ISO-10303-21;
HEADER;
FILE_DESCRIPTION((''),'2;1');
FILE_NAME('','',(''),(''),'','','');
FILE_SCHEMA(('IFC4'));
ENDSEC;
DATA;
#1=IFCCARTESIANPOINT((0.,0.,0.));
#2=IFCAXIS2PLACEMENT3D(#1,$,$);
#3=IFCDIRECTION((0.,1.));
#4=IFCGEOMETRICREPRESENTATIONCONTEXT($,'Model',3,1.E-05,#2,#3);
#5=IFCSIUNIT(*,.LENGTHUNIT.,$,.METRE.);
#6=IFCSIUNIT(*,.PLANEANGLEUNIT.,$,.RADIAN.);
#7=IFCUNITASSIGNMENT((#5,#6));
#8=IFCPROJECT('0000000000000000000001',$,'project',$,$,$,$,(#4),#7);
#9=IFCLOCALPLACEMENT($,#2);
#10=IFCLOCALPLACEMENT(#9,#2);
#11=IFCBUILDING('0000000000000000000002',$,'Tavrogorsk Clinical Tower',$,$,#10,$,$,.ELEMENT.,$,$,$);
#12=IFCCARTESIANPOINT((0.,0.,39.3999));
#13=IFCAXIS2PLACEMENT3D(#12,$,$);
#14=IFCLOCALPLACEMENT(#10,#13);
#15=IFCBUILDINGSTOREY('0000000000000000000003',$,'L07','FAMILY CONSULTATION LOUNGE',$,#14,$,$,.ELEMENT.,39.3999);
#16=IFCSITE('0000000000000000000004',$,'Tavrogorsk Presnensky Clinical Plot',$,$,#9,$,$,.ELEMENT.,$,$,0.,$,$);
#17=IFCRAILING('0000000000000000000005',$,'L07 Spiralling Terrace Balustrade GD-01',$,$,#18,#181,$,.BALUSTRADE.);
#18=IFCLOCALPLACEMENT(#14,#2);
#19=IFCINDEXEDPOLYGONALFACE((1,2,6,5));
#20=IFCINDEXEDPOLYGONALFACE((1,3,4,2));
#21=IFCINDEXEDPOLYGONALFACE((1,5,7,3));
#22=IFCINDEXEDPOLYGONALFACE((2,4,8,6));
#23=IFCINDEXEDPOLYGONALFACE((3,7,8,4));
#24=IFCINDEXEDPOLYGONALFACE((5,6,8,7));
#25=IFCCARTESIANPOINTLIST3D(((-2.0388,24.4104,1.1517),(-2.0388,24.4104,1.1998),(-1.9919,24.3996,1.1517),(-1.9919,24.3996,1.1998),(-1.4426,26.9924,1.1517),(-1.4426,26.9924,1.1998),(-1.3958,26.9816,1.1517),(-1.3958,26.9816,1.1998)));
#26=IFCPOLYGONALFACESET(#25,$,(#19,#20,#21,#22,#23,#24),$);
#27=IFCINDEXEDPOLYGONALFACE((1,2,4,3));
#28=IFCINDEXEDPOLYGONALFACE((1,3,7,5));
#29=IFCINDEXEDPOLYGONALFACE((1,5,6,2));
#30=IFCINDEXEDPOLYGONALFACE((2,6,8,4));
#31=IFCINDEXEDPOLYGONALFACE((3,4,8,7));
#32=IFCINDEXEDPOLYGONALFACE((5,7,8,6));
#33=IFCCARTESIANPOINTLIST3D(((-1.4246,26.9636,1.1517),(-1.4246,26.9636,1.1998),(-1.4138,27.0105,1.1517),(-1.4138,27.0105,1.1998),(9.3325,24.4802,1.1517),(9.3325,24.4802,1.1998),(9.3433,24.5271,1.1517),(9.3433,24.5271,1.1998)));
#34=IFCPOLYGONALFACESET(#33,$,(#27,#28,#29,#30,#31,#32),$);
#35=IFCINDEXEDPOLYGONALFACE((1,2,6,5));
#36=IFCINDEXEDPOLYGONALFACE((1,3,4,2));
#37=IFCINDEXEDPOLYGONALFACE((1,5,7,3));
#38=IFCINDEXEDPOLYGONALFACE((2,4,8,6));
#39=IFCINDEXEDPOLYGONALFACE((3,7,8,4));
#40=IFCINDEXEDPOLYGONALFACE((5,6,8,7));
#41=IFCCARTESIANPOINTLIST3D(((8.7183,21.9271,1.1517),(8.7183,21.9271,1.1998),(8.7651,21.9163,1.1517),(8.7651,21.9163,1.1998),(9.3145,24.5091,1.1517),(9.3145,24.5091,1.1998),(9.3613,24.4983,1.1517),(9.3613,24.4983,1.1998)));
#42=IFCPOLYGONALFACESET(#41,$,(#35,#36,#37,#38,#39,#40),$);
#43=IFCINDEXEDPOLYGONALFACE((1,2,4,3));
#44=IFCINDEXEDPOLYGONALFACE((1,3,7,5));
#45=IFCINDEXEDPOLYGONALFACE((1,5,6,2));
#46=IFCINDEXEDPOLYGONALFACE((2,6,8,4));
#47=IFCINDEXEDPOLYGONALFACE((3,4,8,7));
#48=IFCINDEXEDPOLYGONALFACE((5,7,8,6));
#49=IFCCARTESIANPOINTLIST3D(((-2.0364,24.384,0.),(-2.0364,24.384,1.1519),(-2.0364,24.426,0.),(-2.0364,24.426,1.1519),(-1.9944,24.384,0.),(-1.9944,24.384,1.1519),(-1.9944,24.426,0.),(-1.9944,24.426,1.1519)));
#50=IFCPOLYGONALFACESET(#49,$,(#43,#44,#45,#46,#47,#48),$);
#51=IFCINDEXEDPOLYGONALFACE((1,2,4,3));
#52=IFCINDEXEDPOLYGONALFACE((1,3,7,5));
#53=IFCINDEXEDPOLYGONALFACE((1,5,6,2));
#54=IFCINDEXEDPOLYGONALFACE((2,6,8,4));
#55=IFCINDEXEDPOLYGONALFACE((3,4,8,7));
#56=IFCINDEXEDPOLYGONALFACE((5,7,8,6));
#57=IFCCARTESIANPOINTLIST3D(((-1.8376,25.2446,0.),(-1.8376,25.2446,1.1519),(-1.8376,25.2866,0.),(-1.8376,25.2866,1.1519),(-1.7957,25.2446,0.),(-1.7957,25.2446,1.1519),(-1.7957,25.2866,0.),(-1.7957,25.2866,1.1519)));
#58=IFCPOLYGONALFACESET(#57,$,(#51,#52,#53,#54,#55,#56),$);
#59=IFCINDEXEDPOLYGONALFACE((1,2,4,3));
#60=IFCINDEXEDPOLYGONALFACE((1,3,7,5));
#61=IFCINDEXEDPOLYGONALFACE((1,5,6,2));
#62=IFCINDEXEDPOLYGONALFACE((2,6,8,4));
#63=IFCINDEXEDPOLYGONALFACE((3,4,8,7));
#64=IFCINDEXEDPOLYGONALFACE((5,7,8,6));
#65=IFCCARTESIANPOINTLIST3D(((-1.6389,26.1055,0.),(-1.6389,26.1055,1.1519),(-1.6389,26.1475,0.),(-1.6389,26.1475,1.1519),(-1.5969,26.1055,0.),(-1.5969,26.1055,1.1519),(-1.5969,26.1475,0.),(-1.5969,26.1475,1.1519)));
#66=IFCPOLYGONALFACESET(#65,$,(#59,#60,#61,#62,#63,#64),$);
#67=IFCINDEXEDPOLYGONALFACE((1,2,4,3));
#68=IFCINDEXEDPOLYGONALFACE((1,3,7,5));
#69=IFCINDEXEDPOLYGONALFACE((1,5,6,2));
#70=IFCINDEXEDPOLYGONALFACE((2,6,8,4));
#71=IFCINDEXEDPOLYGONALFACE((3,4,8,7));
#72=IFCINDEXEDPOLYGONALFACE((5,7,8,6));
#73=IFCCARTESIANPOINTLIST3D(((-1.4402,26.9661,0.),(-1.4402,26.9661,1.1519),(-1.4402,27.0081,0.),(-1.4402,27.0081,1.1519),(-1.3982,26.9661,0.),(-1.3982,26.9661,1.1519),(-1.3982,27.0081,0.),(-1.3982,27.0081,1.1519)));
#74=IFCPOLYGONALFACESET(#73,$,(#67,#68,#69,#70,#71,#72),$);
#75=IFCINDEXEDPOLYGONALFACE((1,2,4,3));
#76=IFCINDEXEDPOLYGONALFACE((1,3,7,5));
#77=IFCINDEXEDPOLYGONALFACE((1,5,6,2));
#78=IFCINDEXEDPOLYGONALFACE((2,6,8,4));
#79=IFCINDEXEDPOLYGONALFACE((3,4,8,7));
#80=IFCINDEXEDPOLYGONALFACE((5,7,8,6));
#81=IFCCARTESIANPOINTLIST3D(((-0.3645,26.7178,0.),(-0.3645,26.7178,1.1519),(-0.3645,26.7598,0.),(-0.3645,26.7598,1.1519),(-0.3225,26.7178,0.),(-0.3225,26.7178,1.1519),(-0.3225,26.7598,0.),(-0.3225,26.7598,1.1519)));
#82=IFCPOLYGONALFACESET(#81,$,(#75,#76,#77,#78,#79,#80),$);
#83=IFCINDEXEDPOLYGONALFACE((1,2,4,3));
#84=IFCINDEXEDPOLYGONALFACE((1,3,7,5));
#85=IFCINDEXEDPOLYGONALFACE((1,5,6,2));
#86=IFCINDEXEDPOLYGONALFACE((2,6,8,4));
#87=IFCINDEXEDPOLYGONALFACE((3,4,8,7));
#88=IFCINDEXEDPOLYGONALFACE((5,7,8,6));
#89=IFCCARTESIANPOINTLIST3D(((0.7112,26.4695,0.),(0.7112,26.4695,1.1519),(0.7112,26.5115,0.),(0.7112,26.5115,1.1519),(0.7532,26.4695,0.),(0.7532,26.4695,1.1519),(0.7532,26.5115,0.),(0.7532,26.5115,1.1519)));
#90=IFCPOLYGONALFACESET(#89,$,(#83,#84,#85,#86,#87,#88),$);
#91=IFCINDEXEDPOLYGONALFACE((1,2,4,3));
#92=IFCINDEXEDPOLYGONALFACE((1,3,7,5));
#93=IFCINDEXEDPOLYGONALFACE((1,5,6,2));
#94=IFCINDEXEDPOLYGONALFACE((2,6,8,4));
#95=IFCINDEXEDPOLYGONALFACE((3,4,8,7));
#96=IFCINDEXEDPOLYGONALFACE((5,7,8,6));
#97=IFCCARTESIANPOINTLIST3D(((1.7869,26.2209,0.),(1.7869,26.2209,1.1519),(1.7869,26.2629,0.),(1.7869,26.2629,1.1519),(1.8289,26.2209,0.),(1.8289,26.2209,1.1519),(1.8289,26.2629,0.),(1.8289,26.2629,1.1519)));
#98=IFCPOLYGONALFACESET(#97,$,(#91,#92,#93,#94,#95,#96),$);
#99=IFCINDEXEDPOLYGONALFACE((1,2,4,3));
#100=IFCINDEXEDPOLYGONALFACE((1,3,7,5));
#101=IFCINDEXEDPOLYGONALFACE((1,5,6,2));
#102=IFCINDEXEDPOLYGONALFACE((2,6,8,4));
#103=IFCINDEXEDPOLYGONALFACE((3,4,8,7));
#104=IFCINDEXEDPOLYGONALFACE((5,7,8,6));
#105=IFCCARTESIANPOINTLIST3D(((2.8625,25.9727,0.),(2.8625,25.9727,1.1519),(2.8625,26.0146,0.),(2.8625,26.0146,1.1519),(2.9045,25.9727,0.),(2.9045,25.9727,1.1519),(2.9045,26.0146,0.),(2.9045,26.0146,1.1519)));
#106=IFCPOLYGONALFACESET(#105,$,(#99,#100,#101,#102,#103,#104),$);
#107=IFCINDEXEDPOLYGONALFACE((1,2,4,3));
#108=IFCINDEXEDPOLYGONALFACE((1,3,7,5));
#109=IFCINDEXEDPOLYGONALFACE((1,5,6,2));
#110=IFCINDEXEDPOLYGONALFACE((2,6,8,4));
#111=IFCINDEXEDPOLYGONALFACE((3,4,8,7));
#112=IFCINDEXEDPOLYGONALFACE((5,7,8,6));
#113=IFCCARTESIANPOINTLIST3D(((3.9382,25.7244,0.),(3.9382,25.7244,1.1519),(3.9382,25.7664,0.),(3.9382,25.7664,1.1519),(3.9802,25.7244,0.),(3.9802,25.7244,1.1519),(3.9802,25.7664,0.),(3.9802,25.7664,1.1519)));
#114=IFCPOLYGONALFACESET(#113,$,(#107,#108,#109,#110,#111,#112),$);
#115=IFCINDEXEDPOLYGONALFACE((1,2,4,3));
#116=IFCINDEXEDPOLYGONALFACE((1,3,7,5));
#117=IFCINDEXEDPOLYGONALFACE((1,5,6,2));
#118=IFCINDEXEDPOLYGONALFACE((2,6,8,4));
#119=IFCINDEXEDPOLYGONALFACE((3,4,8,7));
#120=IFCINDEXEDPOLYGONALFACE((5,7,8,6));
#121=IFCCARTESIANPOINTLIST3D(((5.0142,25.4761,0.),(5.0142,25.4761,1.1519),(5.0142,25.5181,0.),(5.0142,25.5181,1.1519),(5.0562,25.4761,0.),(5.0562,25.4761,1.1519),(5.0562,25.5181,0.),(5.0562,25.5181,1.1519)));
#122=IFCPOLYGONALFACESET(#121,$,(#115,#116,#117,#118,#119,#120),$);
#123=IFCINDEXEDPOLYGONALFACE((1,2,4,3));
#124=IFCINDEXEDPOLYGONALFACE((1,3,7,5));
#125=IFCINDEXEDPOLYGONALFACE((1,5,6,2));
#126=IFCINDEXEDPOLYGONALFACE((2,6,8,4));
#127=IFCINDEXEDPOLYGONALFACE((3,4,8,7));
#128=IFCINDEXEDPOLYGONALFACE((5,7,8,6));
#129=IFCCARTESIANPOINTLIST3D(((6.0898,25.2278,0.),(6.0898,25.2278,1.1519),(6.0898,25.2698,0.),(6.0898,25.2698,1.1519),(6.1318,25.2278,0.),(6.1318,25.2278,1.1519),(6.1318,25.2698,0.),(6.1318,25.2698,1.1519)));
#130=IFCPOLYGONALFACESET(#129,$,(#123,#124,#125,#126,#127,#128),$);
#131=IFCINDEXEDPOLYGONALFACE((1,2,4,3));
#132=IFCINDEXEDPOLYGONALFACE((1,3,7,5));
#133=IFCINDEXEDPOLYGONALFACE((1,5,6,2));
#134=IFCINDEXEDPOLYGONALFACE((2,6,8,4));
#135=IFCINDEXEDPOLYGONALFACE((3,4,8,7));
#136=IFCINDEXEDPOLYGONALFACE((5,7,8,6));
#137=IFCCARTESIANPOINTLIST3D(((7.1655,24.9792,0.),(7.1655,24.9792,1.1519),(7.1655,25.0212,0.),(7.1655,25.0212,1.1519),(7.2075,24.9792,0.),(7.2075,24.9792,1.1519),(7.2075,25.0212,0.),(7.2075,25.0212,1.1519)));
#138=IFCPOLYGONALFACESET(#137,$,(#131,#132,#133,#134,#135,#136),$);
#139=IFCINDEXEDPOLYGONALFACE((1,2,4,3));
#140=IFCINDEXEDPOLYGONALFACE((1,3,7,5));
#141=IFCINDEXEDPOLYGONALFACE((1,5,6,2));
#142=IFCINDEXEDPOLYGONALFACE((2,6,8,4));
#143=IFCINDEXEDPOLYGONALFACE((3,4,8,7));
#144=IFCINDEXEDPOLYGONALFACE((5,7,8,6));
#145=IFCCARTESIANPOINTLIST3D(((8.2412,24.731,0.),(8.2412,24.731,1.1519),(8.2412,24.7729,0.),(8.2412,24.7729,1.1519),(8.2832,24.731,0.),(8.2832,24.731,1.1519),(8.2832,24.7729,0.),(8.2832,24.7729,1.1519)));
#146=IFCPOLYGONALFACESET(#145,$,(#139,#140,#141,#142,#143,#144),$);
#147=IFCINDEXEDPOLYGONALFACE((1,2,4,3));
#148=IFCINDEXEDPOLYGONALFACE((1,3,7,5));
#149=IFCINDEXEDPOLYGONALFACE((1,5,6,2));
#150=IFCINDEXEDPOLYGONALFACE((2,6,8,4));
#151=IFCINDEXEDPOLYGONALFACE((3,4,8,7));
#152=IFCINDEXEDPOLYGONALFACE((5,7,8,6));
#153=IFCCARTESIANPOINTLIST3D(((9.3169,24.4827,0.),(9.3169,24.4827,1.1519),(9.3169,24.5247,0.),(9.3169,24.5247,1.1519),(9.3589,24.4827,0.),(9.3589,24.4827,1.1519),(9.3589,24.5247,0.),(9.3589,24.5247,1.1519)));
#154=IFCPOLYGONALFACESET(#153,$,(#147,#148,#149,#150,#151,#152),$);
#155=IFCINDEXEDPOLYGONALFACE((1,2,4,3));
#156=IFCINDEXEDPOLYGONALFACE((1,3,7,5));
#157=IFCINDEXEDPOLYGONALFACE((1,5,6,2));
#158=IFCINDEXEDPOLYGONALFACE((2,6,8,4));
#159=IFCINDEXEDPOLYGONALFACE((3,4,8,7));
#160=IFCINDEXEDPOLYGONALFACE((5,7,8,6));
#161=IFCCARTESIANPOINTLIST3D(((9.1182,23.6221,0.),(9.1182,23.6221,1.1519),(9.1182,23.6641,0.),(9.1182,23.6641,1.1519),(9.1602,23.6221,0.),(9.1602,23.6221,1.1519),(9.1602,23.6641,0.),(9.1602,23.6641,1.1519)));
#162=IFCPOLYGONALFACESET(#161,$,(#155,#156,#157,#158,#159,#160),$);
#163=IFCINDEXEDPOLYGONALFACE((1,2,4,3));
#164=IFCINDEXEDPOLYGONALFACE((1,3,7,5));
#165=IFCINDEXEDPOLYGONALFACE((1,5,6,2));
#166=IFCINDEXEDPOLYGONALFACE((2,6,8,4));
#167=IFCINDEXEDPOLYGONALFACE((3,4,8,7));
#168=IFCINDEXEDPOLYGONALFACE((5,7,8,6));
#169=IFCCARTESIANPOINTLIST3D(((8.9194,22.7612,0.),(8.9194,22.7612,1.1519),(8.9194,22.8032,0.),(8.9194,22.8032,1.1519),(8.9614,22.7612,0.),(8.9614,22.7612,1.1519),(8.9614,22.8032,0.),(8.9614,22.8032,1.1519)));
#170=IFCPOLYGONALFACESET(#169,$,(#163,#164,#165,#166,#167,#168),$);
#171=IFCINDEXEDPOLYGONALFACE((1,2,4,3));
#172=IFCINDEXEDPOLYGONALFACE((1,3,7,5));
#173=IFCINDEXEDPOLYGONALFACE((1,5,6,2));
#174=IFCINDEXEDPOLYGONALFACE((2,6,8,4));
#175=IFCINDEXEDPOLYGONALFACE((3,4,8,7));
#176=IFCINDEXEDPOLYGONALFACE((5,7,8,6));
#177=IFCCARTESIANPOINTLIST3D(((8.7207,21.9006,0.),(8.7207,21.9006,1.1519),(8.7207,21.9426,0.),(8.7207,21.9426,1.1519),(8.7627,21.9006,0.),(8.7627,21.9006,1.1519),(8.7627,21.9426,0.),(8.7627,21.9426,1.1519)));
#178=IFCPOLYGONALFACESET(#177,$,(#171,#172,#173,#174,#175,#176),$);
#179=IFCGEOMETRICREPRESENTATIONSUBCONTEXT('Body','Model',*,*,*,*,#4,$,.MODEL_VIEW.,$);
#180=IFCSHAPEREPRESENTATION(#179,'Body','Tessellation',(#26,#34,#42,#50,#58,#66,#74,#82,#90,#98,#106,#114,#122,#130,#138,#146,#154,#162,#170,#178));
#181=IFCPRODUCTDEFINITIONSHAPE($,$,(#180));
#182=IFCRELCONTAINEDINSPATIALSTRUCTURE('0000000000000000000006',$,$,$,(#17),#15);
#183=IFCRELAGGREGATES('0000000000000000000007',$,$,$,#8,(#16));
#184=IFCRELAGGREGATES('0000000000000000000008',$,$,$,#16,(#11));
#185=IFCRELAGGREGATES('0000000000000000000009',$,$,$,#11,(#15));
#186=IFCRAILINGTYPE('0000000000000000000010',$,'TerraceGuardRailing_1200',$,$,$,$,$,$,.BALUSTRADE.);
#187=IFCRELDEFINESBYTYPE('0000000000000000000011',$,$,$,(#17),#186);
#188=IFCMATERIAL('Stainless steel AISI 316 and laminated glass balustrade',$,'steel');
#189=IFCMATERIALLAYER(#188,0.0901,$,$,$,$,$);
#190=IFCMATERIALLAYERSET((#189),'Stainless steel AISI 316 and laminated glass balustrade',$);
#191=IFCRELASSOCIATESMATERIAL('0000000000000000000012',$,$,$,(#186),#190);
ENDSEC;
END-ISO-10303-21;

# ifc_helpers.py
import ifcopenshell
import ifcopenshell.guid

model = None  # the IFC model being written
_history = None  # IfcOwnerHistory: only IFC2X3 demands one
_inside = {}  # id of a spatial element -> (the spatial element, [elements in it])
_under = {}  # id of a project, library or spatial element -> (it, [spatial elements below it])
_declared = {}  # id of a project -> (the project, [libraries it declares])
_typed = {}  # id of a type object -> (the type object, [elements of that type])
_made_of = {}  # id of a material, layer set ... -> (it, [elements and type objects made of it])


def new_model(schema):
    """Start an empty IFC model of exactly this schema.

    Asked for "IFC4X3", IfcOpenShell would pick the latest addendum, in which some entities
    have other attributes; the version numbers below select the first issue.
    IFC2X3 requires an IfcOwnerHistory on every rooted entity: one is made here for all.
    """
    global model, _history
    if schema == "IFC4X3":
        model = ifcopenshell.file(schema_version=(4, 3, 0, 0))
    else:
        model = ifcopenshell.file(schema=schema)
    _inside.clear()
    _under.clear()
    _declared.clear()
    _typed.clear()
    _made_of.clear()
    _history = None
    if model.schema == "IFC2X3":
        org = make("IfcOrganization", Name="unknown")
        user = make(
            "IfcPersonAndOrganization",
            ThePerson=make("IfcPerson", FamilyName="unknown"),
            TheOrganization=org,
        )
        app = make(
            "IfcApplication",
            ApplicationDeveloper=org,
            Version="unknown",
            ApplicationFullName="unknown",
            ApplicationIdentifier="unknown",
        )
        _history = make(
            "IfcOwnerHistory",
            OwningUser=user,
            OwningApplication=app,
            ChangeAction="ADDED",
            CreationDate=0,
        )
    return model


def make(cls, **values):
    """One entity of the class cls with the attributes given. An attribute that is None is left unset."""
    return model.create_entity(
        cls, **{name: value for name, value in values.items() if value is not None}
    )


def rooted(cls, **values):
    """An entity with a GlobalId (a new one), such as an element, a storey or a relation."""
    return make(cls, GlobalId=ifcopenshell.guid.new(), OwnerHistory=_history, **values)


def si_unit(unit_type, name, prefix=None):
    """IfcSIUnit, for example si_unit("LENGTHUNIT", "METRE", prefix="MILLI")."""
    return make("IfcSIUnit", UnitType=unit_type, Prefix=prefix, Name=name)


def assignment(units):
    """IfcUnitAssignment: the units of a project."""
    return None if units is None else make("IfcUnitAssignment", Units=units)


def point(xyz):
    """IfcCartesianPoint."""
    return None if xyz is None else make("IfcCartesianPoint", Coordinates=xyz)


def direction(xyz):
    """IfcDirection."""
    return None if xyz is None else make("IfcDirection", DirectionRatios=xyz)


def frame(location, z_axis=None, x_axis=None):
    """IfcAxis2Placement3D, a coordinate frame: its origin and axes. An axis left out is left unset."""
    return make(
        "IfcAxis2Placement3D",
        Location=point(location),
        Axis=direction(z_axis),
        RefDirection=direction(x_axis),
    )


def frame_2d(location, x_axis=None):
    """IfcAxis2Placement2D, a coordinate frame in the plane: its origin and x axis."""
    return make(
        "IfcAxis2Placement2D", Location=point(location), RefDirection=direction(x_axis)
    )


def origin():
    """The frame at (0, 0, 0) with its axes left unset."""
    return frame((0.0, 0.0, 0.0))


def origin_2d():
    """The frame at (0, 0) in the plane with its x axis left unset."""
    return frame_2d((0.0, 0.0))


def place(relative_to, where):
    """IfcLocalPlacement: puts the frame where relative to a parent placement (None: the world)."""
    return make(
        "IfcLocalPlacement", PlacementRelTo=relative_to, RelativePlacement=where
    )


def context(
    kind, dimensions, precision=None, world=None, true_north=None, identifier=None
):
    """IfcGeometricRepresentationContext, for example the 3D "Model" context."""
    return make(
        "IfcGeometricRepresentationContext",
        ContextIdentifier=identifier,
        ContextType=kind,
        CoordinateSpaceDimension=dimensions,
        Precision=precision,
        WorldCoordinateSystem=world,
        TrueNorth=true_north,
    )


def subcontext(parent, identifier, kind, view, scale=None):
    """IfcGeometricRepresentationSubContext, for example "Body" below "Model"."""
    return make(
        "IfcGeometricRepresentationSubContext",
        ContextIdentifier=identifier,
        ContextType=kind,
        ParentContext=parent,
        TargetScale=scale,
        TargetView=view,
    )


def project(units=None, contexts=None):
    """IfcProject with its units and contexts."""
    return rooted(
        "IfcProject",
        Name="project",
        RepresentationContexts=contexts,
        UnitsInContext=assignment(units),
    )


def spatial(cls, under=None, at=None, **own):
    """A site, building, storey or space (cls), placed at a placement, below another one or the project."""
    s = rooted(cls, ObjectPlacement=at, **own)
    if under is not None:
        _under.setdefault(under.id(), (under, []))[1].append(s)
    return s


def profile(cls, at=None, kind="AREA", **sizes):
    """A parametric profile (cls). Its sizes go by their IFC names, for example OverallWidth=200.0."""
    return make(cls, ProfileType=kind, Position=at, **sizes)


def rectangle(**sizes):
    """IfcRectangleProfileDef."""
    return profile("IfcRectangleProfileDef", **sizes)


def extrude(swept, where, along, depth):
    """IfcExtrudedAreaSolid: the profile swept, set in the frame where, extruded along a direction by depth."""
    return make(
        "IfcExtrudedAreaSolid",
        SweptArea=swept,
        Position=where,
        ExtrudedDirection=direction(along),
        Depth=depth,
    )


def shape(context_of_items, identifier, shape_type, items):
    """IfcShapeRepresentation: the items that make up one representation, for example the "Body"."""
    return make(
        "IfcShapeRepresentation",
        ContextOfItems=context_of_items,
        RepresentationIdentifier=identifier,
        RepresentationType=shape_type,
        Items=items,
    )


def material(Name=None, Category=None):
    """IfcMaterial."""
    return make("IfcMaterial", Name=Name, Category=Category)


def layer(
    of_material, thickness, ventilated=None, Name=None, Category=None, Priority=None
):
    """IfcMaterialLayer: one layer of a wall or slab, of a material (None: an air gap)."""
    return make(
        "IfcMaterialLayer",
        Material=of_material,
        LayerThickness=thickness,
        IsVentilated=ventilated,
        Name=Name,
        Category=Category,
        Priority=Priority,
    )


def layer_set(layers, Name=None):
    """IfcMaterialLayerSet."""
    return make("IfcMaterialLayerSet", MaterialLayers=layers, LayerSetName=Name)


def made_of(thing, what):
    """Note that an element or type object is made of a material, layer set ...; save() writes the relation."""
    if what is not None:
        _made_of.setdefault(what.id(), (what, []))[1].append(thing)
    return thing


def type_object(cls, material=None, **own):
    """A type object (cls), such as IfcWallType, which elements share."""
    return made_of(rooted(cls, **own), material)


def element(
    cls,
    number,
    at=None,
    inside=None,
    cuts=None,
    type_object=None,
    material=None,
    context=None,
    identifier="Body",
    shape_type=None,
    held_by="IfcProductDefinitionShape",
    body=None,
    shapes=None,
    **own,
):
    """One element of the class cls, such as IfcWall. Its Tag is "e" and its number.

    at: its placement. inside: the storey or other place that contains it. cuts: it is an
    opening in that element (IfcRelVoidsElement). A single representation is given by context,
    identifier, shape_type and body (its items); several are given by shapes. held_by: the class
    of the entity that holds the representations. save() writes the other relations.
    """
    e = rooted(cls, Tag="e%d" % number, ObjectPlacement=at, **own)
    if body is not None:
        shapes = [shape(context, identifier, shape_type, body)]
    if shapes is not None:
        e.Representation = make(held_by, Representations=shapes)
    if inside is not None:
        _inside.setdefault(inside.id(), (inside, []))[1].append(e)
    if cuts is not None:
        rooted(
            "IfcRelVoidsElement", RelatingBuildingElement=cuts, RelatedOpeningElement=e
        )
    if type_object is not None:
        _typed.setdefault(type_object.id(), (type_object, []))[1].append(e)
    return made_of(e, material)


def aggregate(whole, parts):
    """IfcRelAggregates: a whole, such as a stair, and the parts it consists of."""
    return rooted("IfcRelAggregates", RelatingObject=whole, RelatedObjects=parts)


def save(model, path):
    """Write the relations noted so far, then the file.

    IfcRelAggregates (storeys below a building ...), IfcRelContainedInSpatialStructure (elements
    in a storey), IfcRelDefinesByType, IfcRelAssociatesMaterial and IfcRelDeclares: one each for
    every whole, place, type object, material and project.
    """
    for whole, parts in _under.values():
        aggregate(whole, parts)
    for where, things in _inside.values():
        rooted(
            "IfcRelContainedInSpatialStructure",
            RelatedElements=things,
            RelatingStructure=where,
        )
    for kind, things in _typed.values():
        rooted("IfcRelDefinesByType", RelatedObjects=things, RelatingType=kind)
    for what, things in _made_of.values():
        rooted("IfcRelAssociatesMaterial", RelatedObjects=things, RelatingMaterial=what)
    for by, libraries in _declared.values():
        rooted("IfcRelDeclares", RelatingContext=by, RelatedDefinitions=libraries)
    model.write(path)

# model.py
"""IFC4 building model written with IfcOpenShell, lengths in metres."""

from ifc_helpers import new_model, si_unit, direction, frame, origin, origin_2d, place, context, subcontext, project, spatial, rectangle, extrude, material, layer, layer_set, type_object, element, save


model = new_model("IFC4")

# Units and contexts
model_context = context("Model", 3, precision=1e-05, world=origin(), true_north=direction((0.0, 1.0)))
body_context = subcontext(model_context, "Body", "Model", "MODEL_VIEW")
ifc_project = project(units=[si_unit("LENGTHUNIT", "METRE"), si_unit("PLANEANGLEUNIT", "RADIAN")], contexts=[model_context])

# Site, building, storey
site_placement = place(None, origin())
site = spatial("IfcSite", under=ifc_project, at=site_placement, Name="Tavrogorsk Presnensky Clinical Plot", CompositionType="ELEMENT", RefElevation=0.0)
building_placement = place(site_placement, origin())
building = spatial("IfcBuilding", under=site, at=building_placement, Name="Tavrogorsk Clinical Tower", CompositionType="ELEMENT")
storey_placement = place(building_placement, frame((0.0, 0.0, 39.3999)))
storey = spatial("IfcBuildingStorey", under=building, at=storey_placement, Name="L07", Description="FAMILY CONSULTATION LOUNGE", CompositionType="ELEMENT", Elevation=39.3999)

# Railing
ifc_material_1 = material(Name="Stainless steel AISI 316 and laminated glass balustrade", Category="steel")
ifc_layer_1 = layer(ifc_material_1, 0.0901)
ifc_layer_set_1 = layer_set([ifc_layer_1], Name="Stainless steel AISI 316 and laminated glass balustrade")
railing_type = type_object("IfcRailingType", Name="TerraceGuardRailing_1200", PredefinedType="BALUSTRADE", material=ifc_layer_set_1)
railing_placement = place(storey_placement, frame((-2.0154, 24.405, 0.0)))
element("IfcRailing", 1, at=railing_placement, inside=storey, type_object=railing_type, Name="L07 Spiralling Terrace Balustrade GD-01", PredefinedType="BALUSTRADE", context=body_context, shape_type="SweptSolid", body=[
    extrude(rectangle(XDim=0.0481, YDim=0.0481, at=origin_2d()), frame((0.0, 0.0, 1.1758), z_axis=(0.224981, 0.974363, 0.0), x_axis=(-0.974363, 0.224981, 0.0)), (0.0, 0.0, 1.0), 2.6499),
    extrude(rectangle(XDim=0.0481, YDim=0.0481, at=origin_2d()), frame((0.5962, 2.582, 1.1758), z_axis=(0.974371, -0.224945, 0.0), x_axis=(0.224945, 0.974371, 0.0)), (0.0, 0.0, 1.0), 11.04),
    extrude(rectangle(XDim=0.0481, YDim=0.0481, at=origin_2d()), frame((11.3533, 0.0986, 1.1758), z_axis=(-0.224981, -0.974363, 0.0), x_axis=(0.974363, -0.224981, 0.0)), (0.0, 0.0, 1.0), 2.6499),
    extrude(rectangle(XDim=0.042, YDim=0.042, at=origin_2d()), origin(), (0.0, 0.0, 1.0), 1.1519),
    extrude(rectangle(XDim=0.042, YDim=0.042, at=origin_2d()), frame((0.1987, 0.8606, 0.0)), (0.0, 0.0, 1.0), 1.1519),
    extrude(rectangle(XDim=0.042, YDim=0.042, at=origin_2d()), frame((0.3975, 1.7214, 0.0)), (0.0, 0.0, 1.0), 1.1519),
    extrude(rectangle(XDim=0.042, YDim=0.042, at=origin_2d()), frame((0.5962, 2.582, 0.0)), (0.0, 0.0, 1.0), 1.1519),
    extrude(rectangle(XDim=0.042, YDim=0.042, at=origin_2d()), frame((1.6719, 2.3337, 0.0)), (0.0, 0.0, 1.0), 1.1519),
    extrude(rectangle(XDim=0.042, YDim=0.042, at=origin_2d()), frame((2.7476, 2.0854, 0.0)), (0.0, 0.0, 1.0), 1.1519),
    extrude(rectangle(XDim=0.042, YDim=0.042, at=origin_2d()), frame((3.8232, 1.8369, 0.0)), (0.0, 0.0, 1.0), 1.1519),
    extrude(rectangle(XDim=0.042, YDim=0.042, at=origin_2d()), frame((4.8989, 1.5886, 0.0)), (0.0, 0.0, 1.0), 1.1519),
    extrude(rectangle(XDim=0.042, YDim=0.042, at=origin_2d()), frame((5.9746, 1.3403, 0.0)), (0.0, 0.0, 1.0), 1.1519),
    extrude(rectangle(XDim=0.042, YDim=0.042, at=origin_2d()), frame((7.0505, 1.092, 0.0)), (0.0, 0.0, 1.0), 1.1519),
    extrude(rectangle(XDim=0.042, YDim=0.042, at=origin_2d()), frame((8.1262, 0.8438, 0.0)), (0.0, 0.0, 1.0), 1.1519),
    extrude(rectangle(XDim=0.042, YDim=0.042, at=origin_2d()), frame((9.2019, 0.5952, 0.0)), (0.0, 0.0, 1.0), 1.1519),
    extrude(rectangle(XDim=0.042, YDim=0.042, at=origin_2d()), frame((10.2776, 0.3469, 0.0)), (0.0, 0.0, 1.0), 1.1519),
    extrude(rectangle(XDim=0.042, YDim=0.042, at=origin_2d()), frame((11.3533, 0.0986, 0.0)), (0.0, 0.0, 1.0), 1.1519),
    extrude(rectangle(XDim=0.042, YDim=0.042, at=origin_2d()), frame((11.1545, -0.762, 0.0)), (0.0, 0.0, 1.0), 1.1519),
    extrude(rectangle(XDim=0.042, YDim=0.042, at=origin_2d()), frame((10.9558, -1.6228, 0.0)), (0.0, 0.0, 1.0), 1.1519),
    extrude(rectangle(XDim=0.042, YDim=0.042, at=origin_2d()), frame((10.7571, -2.4834, 0.0)), (0.0, 0.0, 1.0), 1.1519),
])

save(model, "model.ifc")
